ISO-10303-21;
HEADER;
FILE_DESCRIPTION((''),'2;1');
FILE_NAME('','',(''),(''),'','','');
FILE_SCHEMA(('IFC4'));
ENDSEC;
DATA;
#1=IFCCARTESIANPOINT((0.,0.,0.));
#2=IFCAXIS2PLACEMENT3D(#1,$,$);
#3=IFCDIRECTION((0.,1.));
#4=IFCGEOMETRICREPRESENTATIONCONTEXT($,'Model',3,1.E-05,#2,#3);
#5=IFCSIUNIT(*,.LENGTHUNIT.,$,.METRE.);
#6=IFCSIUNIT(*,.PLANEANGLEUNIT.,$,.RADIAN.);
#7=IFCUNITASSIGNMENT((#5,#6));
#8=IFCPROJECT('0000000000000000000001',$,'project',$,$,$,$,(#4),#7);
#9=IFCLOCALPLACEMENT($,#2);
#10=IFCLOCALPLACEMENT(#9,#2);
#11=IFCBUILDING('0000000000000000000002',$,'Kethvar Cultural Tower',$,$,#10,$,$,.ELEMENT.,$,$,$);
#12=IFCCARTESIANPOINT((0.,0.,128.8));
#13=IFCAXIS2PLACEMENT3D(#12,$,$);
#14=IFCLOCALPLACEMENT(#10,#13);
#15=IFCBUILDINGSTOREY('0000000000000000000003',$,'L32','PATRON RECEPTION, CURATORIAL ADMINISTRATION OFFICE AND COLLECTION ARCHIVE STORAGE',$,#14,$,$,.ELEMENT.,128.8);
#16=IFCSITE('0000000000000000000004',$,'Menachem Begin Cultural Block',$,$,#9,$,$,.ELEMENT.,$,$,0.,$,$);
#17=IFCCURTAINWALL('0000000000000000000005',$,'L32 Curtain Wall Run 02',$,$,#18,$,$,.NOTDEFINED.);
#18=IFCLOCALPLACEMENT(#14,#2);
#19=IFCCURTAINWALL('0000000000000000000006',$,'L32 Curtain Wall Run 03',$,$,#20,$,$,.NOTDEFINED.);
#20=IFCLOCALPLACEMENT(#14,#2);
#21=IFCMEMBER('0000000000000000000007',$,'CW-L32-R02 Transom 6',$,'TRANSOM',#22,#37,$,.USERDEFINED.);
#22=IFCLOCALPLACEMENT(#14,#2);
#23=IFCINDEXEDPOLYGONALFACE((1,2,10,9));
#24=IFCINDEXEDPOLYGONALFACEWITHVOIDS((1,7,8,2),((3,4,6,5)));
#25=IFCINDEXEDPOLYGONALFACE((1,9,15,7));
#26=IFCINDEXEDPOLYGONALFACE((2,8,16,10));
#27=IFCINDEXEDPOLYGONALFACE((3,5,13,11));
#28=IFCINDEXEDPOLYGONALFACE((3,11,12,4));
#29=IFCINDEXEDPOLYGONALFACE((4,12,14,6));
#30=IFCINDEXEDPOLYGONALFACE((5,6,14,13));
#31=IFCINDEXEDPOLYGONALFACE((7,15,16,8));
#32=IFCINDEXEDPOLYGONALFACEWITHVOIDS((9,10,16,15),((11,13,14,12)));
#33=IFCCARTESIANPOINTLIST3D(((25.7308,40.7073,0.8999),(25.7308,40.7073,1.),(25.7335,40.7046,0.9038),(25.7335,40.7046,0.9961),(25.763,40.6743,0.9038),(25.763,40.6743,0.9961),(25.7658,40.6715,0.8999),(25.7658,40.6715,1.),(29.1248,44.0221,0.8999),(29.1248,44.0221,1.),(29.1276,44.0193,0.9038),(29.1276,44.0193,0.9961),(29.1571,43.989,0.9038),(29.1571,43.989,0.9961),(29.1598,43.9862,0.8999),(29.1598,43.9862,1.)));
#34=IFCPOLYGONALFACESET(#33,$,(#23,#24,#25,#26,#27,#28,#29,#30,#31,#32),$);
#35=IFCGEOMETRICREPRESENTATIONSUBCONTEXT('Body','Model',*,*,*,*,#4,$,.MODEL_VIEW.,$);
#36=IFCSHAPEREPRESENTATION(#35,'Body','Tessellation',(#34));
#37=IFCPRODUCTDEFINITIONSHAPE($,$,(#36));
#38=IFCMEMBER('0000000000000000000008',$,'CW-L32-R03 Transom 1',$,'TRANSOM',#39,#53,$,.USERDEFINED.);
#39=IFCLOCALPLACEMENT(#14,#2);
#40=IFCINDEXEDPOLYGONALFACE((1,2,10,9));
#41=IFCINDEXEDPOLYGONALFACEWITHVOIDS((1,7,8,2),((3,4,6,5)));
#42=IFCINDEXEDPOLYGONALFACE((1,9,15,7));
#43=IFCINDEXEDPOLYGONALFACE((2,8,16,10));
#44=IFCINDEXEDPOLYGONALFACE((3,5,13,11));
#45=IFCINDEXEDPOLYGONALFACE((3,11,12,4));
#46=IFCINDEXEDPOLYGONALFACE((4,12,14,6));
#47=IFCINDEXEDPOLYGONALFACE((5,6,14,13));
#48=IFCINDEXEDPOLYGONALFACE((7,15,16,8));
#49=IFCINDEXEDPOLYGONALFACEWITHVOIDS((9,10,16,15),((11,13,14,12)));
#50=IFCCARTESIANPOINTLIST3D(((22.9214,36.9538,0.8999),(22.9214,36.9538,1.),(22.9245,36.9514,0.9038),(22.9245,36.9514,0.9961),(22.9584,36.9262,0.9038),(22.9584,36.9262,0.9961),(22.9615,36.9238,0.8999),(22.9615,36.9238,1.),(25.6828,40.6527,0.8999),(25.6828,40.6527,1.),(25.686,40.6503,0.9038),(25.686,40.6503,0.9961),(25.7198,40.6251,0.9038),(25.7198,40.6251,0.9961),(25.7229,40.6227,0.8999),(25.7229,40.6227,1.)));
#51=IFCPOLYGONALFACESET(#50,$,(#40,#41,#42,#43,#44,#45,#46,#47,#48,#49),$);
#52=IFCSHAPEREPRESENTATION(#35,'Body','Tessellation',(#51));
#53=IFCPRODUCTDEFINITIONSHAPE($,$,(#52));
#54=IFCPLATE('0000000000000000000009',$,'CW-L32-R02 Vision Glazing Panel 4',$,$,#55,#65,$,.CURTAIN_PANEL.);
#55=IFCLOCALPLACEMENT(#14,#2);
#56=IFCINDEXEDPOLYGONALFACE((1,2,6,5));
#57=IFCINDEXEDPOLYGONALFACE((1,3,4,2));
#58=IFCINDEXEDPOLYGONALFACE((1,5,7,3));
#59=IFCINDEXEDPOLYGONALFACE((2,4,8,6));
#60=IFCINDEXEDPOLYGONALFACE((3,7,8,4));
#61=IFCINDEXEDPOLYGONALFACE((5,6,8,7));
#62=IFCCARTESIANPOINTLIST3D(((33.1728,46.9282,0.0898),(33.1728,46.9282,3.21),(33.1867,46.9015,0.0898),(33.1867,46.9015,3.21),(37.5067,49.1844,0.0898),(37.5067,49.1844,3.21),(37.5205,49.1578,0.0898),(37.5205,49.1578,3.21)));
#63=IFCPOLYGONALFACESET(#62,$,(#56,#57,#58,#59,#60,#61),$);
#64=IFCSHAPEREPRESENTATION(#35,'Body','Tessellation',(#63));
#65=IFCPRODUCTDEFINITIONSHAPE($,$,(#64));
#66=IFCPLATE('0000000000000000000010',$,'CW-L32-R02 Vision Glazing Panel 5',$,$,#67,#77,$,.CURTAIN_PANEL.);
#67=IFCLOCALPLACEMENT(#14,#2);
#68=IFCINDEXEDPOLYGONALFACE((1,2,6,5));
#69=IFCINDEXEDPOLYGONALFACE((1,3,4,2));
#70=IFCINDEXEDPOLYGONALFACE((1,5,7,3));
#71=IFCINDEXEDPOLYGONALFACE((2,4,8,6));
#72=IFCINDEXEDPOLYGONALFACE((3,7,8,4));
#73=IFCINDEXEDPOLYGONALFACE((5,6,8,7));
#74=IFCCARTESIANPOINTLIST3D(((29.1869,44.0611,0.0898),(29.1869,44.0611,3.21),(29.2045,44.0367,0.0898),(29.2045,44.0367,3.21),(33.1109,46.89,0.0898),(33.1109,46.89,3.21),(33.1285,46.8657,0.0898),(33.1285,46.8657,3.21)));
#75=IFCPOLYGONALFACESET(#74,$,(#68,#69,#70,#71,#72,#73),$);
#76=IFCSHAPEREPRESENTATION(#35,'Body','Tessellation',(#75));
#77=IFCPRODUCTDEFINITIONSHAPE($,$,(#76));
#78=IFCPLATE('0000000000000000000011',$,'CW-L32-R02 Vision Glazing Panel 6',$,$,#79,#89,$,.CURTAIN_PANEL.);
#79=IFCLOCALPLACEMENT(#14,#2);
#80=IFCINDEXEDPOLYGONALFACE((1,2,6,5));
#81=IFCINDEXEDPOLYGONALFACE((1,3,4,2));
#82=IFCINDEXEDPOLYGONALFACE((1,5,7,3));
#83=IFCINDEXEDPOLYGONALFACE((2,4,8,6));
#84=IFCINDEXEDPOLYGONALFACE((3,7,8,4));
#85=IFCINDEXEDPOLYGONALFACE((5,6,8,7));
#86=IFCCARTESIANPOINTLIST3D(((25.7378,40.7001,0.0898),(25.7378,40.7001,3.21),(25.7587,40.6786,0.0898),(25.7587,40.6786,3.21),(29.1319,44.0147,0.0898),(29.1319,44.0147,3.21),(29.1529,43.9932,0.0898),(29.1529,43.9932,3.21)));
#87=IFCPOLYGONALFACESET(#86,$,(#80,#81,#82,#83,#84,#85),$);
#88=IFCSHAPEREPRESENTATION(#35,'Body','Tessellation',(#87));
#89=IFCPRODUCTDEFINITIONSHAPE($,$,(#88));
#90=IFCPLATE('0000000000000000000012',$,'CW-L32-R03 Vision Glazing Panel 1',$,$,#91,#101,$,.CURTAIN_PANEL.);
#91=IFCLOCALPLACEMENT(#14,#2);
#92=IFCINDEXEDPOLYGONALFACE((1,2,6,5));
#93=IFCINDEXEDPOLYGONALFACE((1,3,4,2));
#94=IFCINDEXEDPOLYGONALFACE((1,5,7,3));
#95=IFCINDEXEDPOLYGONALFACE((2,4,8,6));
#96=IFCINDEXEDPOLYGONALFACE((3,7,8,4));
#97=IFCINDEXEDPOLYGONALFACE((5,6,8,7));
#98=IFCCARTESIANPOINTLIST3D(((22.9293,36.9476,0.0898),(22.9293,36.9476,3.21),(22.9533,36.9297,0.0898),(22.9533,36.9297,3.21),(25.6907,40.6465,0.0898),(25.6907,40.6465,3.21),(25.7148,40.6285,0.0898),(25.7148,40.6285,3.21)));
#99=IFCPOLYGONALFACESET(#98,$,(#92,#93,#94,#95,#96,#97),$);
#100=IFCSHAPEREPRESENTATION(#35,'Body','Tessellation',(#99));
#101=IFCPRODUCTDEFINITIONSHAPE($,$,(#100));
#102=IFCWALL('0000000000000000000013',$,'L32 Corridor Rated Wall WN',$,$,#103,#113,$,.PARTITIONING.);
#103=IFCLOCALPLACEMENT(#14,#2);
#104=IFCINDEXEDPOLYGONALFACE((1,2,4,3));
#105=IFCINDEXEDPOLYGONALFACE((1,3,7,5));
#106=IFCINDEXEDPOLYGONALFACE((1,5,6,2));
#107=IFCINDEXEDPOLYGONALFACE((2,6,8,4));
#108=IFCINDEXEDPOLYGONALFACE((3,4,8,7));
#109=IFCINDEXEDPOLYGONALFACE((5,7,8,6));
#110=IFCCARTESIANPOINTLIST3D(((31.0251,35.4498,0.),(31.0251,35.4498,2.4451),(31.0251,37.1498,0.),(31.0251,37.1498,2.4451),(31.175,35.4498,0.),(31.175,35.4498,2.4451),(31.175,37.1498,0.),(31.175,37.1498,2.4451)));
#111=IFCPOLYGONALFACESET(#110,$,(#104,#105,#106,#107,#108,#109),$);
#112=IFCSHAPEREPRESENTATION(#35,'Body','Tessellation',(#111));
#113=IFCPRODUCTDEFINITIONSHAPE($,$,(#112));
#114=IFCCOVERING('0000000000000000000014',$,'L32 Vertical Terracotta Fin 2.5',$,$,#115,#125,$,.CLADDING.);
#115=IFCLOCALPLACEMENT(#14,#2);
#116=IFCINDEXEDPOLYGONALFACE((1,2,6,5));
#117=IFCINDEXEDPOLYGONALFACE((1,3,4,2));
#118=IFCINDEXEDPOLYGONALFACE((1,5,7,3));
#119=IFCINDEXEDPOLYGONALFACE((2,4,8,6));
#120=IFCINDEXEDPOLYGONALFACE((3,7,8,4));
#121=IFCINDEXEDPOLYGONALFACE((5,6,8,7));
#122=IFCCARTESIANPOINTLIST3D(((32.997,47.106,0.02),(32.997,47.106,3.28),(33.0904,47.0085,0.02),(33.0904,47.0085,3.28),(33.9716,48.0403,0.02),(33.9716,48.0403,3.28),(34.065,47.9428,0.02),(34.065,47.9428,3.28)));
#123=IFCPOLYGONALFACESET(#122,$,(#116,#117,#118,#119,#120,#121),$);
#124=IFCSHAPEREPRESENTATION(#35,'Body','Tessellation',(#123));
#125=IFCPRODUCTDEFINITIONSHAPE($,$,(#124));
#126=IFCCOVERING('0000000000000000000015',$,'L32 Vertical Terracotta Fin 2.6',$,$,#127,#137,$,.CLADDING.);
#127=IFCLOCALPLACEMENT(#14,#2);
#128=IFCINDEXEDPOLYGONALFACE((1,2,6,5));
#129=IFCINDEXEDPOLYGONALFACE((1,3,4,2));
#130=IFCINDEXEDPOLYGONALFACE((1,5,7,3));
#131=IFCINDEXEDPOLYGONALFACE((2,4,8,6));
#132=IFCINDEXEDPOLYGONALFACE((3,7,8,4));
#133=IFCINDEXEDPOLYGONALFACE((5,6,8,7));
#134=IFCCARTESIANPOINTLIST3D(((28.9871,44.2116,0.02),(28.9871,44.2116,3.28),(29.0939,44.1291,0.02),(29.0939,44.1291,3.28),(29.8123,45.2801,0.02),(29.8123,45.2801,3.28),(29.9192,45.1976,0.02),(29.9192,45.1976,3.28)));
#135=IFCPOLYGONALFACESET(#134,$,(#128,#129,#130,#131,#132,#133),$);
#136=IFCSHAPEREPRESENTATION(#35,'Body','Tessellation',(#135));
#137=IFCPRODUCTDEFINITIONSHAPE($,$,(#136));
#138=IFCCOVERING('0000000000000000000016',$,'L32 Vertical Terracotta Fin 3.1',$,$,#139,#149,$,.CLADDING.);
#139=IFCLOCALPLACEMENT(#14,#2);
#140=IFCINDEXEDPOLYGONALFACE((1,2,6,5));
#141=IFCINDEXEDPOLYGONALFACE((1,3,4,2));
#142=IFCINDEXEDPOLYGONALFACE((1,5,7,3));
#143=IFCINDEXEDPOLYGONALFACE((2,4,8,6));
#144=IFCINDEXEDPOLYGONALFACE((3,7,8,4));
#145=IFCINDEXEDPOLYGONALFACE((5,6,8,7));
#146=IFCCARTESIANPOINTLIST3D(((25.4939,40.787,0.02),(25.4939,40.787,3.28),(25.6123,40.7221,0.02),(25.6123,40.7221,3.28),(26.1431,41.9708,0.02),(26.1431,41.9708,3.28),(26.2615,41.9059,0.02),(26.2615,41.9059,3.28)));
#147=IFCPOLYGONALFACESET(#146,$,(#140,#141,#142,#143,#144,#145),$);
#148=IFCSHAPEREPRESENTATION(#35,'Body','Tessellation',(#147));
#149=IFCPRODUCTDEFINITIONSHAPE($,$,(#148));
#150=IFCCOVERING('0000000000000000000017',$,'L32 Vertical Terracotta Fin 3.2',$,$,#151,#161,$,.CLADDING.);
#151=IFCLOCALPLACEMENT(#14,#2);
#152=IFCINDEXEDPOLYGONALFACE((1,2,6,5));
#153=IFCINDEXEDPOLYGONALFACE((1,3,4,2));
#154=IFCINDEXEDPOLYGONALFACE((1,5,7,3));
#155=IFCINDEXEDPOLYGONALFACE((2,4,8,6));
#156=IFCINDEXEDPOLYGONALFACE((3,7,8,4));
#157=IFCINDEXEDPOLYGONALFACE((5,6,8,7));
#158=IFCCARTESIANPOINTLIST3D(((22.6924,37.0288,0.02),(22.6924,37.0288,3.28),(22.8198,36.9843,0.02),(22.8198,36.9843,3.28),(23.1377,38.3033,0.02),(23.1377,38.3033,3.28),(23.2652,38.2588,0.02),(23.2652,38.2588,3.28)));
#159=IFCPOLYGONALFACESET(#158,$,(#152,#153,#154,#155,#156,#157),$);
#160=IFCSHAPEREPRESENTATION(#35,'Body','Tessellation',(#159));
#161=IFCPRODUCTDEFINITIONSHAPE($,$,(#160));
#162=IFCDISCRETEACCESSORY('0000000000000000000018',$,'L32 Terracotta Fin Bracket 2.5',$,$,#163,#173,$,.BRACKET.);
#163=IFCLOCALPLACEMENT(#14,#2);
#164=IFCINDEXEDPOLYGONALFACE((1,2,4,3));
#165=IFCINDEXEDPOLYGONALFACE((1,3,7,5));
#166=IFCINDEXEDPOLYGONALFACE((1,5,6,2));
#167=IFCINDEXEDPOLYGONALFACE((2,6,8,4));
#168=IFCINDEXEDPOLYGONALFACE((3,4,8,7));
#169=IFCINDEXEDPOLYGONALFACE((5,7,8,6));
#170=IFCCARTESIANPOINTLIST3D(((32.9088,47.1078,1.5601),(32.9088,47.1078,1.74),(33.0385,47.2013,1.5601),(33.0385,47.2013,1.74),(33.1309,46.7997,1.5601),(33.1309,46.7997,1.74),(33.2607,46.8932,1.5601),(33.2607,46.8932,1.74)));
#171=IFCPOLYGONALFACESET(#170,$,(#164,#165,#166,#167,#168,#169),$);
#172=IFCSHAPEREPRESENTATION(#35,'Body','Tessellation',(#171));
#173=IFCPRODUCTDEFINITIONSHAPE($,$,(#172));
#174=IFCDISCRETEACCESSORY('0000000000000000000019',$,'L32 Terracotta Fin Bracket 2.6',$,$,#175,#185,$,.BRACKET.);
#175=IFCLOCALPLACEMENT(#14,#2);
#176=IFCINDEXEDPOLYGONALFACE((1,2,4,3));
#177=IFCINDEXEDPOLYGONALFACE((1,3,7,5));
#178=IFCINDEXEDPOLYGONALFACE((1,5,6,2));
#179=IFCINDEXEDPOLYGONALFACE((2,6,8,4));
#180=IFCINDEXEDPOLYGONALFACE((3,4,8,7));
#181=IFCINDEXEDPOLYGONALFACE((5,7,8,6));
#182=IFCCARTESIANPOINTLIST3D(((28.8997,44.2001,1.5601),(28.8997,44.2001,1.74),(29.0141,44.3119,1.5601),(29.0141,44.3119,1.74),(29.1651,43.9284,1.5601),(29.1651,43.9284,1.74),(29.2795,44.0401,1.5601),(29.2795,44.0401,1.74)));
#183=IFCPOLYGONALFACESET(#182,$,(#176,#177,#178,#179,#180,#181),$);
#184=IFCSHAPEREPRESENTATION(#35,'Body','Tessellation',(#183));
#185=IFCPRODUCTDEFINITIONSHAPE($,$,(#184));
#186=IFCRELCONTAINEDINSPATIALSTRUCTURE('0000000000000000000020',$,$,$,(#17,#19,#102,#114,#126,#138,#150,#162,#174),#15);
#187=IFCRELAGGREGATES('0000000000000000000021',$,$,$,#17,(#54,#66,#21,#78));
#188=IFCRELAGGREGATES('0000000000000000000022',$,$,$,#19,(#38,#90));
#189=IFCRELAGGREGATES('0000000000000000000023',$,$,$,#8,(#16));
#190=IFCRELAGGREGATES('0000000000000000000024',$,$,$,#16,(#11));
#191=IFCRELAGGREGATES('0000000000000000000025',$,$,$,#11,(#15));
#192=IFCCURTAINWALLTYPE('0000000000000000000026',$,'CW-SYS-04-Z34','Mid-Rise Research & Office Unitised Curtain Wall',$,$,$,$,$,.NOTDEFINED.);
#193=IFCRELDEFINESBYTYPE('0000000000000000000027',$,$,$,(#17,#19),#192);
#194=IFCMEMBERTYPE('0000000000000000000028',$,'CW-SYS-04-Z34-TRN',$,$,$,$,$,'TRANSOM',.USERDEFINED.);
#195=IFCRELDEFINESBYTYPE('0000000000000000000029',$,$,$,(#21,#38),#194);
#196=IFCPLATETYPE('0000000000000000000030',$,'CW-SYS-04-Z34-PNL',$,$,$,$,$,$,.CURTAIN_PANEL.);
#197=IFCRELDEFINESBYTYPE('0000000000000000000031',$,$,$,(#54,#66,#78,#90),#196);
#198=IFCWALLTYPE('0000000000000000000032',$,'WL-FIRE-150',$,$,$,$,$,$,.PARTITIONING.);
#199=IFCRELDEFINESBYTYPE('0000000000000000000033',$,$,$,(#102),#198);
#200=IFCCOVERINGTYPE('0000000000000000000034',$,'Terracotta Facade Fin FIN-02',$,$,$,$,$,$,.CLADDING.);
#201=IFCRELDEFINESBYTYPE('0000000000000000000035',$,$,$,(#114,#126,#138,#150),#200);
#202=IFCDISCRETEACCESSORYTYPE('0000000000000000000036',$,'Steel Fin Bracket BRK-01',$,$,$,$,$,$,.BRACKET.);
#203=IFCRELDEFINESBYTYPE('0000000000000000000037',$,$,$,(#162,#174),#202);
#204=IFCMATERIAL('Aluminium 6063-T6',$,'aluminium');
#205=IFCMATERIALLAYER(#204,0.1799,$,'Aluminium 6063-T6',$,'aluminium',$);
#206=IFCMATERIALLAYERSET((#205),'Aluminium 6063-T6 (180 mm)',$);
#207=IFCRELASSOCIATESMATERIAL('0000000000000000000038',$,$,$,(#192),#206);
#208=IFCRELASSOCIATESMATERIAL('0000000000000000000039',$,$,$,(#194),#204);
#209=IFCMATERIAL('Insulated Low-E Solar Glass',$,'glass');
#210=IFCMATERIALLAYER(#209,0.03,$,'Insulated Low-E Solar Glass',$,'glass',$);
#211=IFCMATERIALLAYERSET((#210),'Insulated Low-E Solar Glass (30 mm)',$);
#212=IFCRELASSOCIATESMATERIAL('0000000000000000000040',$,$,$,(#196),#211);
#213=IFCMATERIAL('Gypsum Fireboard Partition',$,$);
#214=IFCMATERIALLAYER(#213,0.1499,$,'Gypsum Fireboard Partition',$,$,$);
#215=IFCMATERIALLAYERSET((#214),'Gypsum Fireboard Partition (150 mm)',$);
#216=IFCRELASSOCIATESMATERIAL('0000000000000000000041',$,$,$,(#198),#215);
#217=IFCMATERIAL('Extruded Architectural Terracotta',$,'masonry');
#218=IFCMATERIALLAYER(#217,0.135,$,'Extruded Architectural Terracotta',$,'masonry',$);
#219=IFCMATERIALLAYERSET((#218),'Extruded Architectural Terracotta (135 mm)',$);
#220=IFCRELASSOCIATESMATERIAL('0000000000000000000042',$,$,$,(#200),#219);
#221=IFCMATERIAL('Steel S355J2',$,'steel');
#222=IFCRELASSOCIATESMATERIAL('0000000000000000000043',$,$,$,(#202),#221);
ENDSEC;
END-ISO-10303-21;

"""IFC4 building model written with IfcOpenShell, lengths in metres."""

from ifc_helpers import new_model, si_unit, direction, frame, frame_2d, origin, origin_2d, place, context, subcontext, project, spatial, rectangle, hollow_rectangle, extrude, source, transform, mapped, material, layer, layer_set, material_profile, profile_set, type_object, element, aggregate, save


model = new_model("IFC4")

# Units and contexts
model_context = context("Model", 3, precision=1e-05, world=origin(), true_north=direction((0.0, 1.0)))
body_context = subcontext(model_context, "Body", "Model", "MODEL_VIEW")
ifc_project = project(units=[si_unit("LENGTHUNIT", "METRE"), si_unit("PLANEANGLEUNIT", "RADIAN")], contexts=[model_context])

# Site, building, storey
site_placement = place(None, origin())
site = spatial("IfcSite", under=ifc_project, at=site_placement, Name="Menachem Begin Cultural Block", CompositionType="ELEMENT", RefElevation=0.0)
building_placement = place(site_placement, origin())
building = spatial("IfcBuilding", under=site, at=building_placement, Name="Kethvar Cultural Tower", CompositionType="ELEMENT")
storey_placement = place(building_placement, frame((0.0, 0.0, 128.8)))
storey = spatial("IfcBuildingStorey", under=building, at=storey_placement, Name="L32", Description="PATRON RECEPTION, CURATORIAL ADMINISTRATION OFFICE AND COLLECTION ARCHIVE STORAGE", CompositionType="ELEMENT", Elevation=128.8)

# Shared definitions
ifc_material_1 = material(Name="Steel S355J2", Category="steel")

# Curtain wall
ifc_material_2 = material(Name="Aluminium 6063-T6", Category="aluminium")
ifc_layer_1 = layer(ifc_material_2, 0.1799, Name="Aluminium 6063-T6", Category="aluminium")
ifc_layer_set_1 = layer_set([ifc_layer_1], Name="Aluminium 6063-T6 (180 mm)")
curtain_wall_type = type_object("IfcCurtainWallType", Name="CW-SYS-04-Z34", Description="Mid-Rise Research & Office Unitised Curtain Wall", PredefinedType="NOTDEFINED", material=ifc_layer_set_1)
curtain_wall_1_placement = place(storey_placement, origin())
curtain_wall_1 = element("IfcCurtainWall", 1, at=curtain_wall_1_placement, inside=storey, type_object=curtain_wall_type, Name="L32 Curtain Wall Run 02", PredefinedType="NOTDEFINED")

# Curtain wall
curtain_wall_2_placement = place(storey_placement, origin())
curtain_wall_2 = element("IfcCurtainWall", 2, at=curtain_wall_2_placement, inside=storey, type_object=curtain_wall_type, Name="L32 Curtain Wall Run 03", PredefinedType="NOTDEFINED")

# Members
ifc_material_profile_1 = material_profile(ifc_material_2, hollow_rectangle(XDim=0.05, YDim=0.1001, WallThickness=0.0039, at=origin_2d()), Name="Aluminium 6063-T6 — RHS100x50x4")
ifc_profile_set_1 = profile_set([ifc_material_profile_1], Name="Aluminium 6063-T6 — RHS100x50x4")
member_type_1 = type_object("IfcMemberType", Name="CW-SYS-04-Z34-TRN", ElementType="TRANSOM", PredefinedType="USERDEFINED", material=ifc_profile_set_1)
shared_shape_1 = source(origin(), body_context, "Body", "SweptSolid", [
    extrude(hollow_rectangle(XDim=0.05, YDim=0.1001, WallThickness=0.0039, at=origin_2d()), origin(), (0.0, 0.0, 1.0), 4.7441),
])
member_1_placement = place(storey_placement, frame((29.1423, 44.0042, 0.95), z_axis=(-0.71542, -0.698695, 0.0), x_axis=(0.698695, -0.71542, 0.0)))
member_1 = element("IfcMember", 3, at=member_1_placement, type_object=member_type_1, Name="CW-L32-R02 Transom 6", ObjectType="TRANSOM", PredefinedType="USERDEFINED", context=body_context, shape_type="MappedRepresentation", body=[
    mapped(shared_shape_1, transform((0.0, 0.0, 0.0), scale=1.0)),
])
shared_shape_2 = source(origin(), body_context, "Body", "SweptSolid", [
    extrude(hollow_rectangle(XDim=0.05, YDim=0.1001, WallThickness=0.0039, at=origin_2d()), origin(), (0.0, 0.0, 1.0), 4.616),
])
member_2_placement = place(storey_placement, frame((25.7029, 40.6377, 0.95), z_axis=(-0.59823, -0.801325, 0.0), x_axis=(0.801325, -0.59823, 0.0)))
member_2 = element("IfcMember", 4, at=member_2_placement, type_object=member_type_1, Name="CW-L32-R03 Transom 1", ObjectType="TRANSOM", PredefinedType="USERDEFINED", context=body_context, shape_type="MappedRepresentation", body=[
    mapped(shared_shape_2, transform((0.0, 0.0, 0.0), scale=1.0)),
])

# Plates
ifc_material_3 = material(Name="Insulated Low-E Solar Glass", Category="glass")
ifc_layer_2 = layer(ifc_material_3, 0.03, Name="Insulated Low-E Solar Glass", Category="glass")
ifc_layer_set_2 = layer_set([ifc_layer_2], Name="Insulated Low-E Solar Glass (30 mm)")
plate_type = type_object("IfcPlateType", Name="CW-SYS-04-Z34-PNL", PredefinedType="CURTAIN_PANEL", material=ifc_layer_set_2)
shared_shape_3 = source(origin(), body_context, "Body", "SweptSolid", [
    extrude(rectangle(XDim=4.886, YDim=0.03, at=origin_2d()), origin(), (0.0, 0.0, 1.0), 3.1201),
])
plate_1_placement = place(storey_placement, frame((35.3467, 48.043, 0.0898), z_axis=(0.0, 0.0, 1.0), x_axis=(-0.886995, -0.46178, 0.0)))
plate_1 = element("IfcPlate", 5, at=plate_1_placement, type_object=plate_type, Name="CW-L32-R02 Vision Glazing Panel 4", PredefinedType="CURTAIN_PANEL", context=body_context, shape_type="MappedRepresentation", body=[
    mapped(shared_shape_3, transform((0.0, 0.0, 0.0), scale=1.0)),
])
shared_shape_4 = source(origin(), body_context, "Body", "SweptSolid", [
    extrude(rectangle(XDim=4.8374, YDim=0.03, at=origin_2d()), origin(), (0.0, 0.0, 1.0), 3.1201),
])
plate_2_placement = place(storey_placement, frame((31.1577, 45.4634, 0.0898), z_axis=(0.0, 0.0, 1.0), x_axis=(-0.811176, -0.584802, 0.0)))
plate_2 = element("IfcPlate", 6, at=plate_2_placement, type_object=plate_type, Name="CW-L32-R02 Vision Glazing Panel 5", PredefinedType="CURTAIN_PANEL", context=body_context, shape_type="MappedRepresentation", body=[
    mapped(shared_shape_4, transform((0.0, 0.0, 0.0), scale=1.0)),
])
shared_shape_5 = source(origin(), body_context, "Body", "SweptSolid", [
    extrude(rectangle(XDim=4.7441, YDim=0.03, at=origin_2d()), origin(), (0.0, 0.0, 1.0), 3.1201),
])
plate_3_placement = place(storey_placement, frame((27.4453, 42.3467, 0.0898), z_axis=(0.0, 0.0, 1.0), x_axis=(-0.715437, -0.698678, 0.0)))
plate_3 = element("IfcPlate", 7, at=plate_3_placement, type_object=plate_type, Name="CW-L32-R02 Vision Glazing Panel 6", PredefinedType="CURTAIN_PANEL", context=body_context, shape_type="MappedRepresentation", body=[
    mapped(shared_shape_5, transform((0.0, 0.0, 0.0), scale=1.0)),
])
aggregate(curtain_wall_1, [plate_1, plate_2, member_1, plate_3])
shared_shape_6 = source(origin(), body_context, "Body", "SweptSolid", [
    extrude(rectangle(XDim=4.616, YDim=0.03, at=origin_2d()), origin(), (0.0, 0.0, 1.0), 3.1201),
])
plate_4_placement = place(storey_placement, frame((24.322, 38.7881, 0.0898), z_axis=(0.0, 0.0, 1.0), x_axis=(-0.598241, -0.801316, 0.0)))
plate_4 = element("IfcPlate", 8, at=plate_4_placement, type_object=plate_type, Name="CW-L32-R03 Vision Glazing Panel 1", PredefinedType="CURTAIN_PANEL", context=body_context, shape_type="MappedRepresentation", body=[
    mapped(shared_shape_6, transform((0.0, 0.0, 0.0), scale=1.0)),
])
aggregate(curtain_wall_2, [member_2, plate_4])

# Wall
ifc_material_4 = material(Name="Gypsum Fireboard Partition")
ifc_layer_3 = layer(ifc_material_4, 0.1499, Name="Gypsum Fireboard Partition")
ifc_layer_set_3 = layer_set([ifc_layer_3], Name="Gypsum Fireboard Partition (150 mm)")
wall_type = type_object("IfcWallType", Name="WL-FIRE-150", PredefinedType="PARTITIONING", material=ifc_layer_set_3)
wall_placement = place(storey_placement, frame((31.1001, 37.1499, 0.0), z_axis=(0.0, 0.0, 1.0), x_axis=(0.0, -1.0, 0.0)))
element("IfcWall", 9, at=wall_placement, inside=storey, type_object=wall_type, Name="L32 Corridor Rated Wall WN", PredefinedType="PARTITIONING", context=body_context, shape_type="SweptSolid", body=[
    extrude(rectangle(XDim=1.7, YDim=0.1499, at=frame_2d((0.8501, 0.0))), origin(), (0.0, 0.0, 1.0), 2.4451),
])

# Coverings
ifc_material_5 = material(Name="Extruded Architectural Terracotta", Category="masonry")
ifc_layer_4 = layer(ifc_material_5, 0.135, Name="Extruded Architectural Terracotta", Category="masonry")
ifc_layer_set_4 = layer_set([ifc_layer_4], Name="Extruded Architectural Terracotta (135 mm)")
covering_type = type_object("IfcCoveringType", Name="Terracotta Facade Fin FIN-02", PredefinedType="CLADDING", material=ifc_layer_set_4)
shared_shape_7 = source(origin(), body_context, "Body", "SweptSolid", [
    extrude(rectangle(XDim=1.3501, YDim=0.135, at=origin_2d()), origin(), (0.0, 0.0, 1.0), 3.26),
])
for number, where, z_axis, x_axis, name in (
    (10, (33.531, 47.5244, 0.02), (0.0, 0.0, 1.0), (0.721881, 0.692017, 0.0), "L32 Vertical Terracotta Fin 2.5"),
    (11, (29.4531, 44.7046, 0.02), (0.0, 0.0, 1.0), (0.611251, 0.791437, 0.0), "L32 Vertical Terracotta Fin 2.6"),
    (12, (25.8777, 41.3464, 0.02), (0.0, 0.0, 1.0), (0.480836, 0.876811, 0.0), "L32 Vertical Terracotta Fin 3.1"),
    (13, (22.9788, 37.6438, 0.02), (0.0, 0.0, 1.0), (0.329855, 0.944031, 0.0), "L32 Vertical Terracotta Fin 3.2"),
):
    element("IfcCovering", number, at=place(storey_placement, frame(where, z_axis=z_axis, x_axis=x_axis)), inside=storey, type_object=covering_type, Name=name, PredefinedType="CLADDING", context=body_context, shape_type="MappedRepresentation", body=[
        mapped(shared_shape_7, transform((0.0, 0.0, 0.0), scale=1.0)),
    ])

# Discrete accessories
discrete_accessory_type = type_object("IfcDiscreteAccessoryType", Name="Steel Fin Bracket BRK-01", PredefinedType="BRACKET", material=ifc_material_1)
shared_shape_8 = source(origin(), body_context, "Body", "SweptSolid", [
    extrude(rectangle(XDim=0.3799, YDim=0.1599, at=origin_2d()), origin(), (0.0, 0.0, 1.0), 0.1799),
])
for number, where, z_axis, x_axis, name in (
    (14, (33.0847, 47.0005, 1.5601), (0.0, 0.0, 1.0), (-0.584816, 0.811166, 0.0), "L32 Terracotta Fin Bracket 2.5"),
    (15, (29.0896, 44.1201, 1.5601), (0.0, 0.0, 1.0), (-0.698665, 0.715449, 0.0), "L32 Terracotta Fin Bracket 2.6"),
):
    element("IfcDiscreteAccessory", number, at=place(storey_placement, frame(where, z_axis=z_axis, x_axis=x_axis)), inside=storey, type_object=discrete_accessory_type, Name=name, PredefinedType="BRACKET", context=body_context, shape_type="MappedRepresentation", body=[
        mapped(shared_shape_8, transform((0.0, 0.0, 0.0), scale=1.0)),
    ])

save(model, "model.ifc")
